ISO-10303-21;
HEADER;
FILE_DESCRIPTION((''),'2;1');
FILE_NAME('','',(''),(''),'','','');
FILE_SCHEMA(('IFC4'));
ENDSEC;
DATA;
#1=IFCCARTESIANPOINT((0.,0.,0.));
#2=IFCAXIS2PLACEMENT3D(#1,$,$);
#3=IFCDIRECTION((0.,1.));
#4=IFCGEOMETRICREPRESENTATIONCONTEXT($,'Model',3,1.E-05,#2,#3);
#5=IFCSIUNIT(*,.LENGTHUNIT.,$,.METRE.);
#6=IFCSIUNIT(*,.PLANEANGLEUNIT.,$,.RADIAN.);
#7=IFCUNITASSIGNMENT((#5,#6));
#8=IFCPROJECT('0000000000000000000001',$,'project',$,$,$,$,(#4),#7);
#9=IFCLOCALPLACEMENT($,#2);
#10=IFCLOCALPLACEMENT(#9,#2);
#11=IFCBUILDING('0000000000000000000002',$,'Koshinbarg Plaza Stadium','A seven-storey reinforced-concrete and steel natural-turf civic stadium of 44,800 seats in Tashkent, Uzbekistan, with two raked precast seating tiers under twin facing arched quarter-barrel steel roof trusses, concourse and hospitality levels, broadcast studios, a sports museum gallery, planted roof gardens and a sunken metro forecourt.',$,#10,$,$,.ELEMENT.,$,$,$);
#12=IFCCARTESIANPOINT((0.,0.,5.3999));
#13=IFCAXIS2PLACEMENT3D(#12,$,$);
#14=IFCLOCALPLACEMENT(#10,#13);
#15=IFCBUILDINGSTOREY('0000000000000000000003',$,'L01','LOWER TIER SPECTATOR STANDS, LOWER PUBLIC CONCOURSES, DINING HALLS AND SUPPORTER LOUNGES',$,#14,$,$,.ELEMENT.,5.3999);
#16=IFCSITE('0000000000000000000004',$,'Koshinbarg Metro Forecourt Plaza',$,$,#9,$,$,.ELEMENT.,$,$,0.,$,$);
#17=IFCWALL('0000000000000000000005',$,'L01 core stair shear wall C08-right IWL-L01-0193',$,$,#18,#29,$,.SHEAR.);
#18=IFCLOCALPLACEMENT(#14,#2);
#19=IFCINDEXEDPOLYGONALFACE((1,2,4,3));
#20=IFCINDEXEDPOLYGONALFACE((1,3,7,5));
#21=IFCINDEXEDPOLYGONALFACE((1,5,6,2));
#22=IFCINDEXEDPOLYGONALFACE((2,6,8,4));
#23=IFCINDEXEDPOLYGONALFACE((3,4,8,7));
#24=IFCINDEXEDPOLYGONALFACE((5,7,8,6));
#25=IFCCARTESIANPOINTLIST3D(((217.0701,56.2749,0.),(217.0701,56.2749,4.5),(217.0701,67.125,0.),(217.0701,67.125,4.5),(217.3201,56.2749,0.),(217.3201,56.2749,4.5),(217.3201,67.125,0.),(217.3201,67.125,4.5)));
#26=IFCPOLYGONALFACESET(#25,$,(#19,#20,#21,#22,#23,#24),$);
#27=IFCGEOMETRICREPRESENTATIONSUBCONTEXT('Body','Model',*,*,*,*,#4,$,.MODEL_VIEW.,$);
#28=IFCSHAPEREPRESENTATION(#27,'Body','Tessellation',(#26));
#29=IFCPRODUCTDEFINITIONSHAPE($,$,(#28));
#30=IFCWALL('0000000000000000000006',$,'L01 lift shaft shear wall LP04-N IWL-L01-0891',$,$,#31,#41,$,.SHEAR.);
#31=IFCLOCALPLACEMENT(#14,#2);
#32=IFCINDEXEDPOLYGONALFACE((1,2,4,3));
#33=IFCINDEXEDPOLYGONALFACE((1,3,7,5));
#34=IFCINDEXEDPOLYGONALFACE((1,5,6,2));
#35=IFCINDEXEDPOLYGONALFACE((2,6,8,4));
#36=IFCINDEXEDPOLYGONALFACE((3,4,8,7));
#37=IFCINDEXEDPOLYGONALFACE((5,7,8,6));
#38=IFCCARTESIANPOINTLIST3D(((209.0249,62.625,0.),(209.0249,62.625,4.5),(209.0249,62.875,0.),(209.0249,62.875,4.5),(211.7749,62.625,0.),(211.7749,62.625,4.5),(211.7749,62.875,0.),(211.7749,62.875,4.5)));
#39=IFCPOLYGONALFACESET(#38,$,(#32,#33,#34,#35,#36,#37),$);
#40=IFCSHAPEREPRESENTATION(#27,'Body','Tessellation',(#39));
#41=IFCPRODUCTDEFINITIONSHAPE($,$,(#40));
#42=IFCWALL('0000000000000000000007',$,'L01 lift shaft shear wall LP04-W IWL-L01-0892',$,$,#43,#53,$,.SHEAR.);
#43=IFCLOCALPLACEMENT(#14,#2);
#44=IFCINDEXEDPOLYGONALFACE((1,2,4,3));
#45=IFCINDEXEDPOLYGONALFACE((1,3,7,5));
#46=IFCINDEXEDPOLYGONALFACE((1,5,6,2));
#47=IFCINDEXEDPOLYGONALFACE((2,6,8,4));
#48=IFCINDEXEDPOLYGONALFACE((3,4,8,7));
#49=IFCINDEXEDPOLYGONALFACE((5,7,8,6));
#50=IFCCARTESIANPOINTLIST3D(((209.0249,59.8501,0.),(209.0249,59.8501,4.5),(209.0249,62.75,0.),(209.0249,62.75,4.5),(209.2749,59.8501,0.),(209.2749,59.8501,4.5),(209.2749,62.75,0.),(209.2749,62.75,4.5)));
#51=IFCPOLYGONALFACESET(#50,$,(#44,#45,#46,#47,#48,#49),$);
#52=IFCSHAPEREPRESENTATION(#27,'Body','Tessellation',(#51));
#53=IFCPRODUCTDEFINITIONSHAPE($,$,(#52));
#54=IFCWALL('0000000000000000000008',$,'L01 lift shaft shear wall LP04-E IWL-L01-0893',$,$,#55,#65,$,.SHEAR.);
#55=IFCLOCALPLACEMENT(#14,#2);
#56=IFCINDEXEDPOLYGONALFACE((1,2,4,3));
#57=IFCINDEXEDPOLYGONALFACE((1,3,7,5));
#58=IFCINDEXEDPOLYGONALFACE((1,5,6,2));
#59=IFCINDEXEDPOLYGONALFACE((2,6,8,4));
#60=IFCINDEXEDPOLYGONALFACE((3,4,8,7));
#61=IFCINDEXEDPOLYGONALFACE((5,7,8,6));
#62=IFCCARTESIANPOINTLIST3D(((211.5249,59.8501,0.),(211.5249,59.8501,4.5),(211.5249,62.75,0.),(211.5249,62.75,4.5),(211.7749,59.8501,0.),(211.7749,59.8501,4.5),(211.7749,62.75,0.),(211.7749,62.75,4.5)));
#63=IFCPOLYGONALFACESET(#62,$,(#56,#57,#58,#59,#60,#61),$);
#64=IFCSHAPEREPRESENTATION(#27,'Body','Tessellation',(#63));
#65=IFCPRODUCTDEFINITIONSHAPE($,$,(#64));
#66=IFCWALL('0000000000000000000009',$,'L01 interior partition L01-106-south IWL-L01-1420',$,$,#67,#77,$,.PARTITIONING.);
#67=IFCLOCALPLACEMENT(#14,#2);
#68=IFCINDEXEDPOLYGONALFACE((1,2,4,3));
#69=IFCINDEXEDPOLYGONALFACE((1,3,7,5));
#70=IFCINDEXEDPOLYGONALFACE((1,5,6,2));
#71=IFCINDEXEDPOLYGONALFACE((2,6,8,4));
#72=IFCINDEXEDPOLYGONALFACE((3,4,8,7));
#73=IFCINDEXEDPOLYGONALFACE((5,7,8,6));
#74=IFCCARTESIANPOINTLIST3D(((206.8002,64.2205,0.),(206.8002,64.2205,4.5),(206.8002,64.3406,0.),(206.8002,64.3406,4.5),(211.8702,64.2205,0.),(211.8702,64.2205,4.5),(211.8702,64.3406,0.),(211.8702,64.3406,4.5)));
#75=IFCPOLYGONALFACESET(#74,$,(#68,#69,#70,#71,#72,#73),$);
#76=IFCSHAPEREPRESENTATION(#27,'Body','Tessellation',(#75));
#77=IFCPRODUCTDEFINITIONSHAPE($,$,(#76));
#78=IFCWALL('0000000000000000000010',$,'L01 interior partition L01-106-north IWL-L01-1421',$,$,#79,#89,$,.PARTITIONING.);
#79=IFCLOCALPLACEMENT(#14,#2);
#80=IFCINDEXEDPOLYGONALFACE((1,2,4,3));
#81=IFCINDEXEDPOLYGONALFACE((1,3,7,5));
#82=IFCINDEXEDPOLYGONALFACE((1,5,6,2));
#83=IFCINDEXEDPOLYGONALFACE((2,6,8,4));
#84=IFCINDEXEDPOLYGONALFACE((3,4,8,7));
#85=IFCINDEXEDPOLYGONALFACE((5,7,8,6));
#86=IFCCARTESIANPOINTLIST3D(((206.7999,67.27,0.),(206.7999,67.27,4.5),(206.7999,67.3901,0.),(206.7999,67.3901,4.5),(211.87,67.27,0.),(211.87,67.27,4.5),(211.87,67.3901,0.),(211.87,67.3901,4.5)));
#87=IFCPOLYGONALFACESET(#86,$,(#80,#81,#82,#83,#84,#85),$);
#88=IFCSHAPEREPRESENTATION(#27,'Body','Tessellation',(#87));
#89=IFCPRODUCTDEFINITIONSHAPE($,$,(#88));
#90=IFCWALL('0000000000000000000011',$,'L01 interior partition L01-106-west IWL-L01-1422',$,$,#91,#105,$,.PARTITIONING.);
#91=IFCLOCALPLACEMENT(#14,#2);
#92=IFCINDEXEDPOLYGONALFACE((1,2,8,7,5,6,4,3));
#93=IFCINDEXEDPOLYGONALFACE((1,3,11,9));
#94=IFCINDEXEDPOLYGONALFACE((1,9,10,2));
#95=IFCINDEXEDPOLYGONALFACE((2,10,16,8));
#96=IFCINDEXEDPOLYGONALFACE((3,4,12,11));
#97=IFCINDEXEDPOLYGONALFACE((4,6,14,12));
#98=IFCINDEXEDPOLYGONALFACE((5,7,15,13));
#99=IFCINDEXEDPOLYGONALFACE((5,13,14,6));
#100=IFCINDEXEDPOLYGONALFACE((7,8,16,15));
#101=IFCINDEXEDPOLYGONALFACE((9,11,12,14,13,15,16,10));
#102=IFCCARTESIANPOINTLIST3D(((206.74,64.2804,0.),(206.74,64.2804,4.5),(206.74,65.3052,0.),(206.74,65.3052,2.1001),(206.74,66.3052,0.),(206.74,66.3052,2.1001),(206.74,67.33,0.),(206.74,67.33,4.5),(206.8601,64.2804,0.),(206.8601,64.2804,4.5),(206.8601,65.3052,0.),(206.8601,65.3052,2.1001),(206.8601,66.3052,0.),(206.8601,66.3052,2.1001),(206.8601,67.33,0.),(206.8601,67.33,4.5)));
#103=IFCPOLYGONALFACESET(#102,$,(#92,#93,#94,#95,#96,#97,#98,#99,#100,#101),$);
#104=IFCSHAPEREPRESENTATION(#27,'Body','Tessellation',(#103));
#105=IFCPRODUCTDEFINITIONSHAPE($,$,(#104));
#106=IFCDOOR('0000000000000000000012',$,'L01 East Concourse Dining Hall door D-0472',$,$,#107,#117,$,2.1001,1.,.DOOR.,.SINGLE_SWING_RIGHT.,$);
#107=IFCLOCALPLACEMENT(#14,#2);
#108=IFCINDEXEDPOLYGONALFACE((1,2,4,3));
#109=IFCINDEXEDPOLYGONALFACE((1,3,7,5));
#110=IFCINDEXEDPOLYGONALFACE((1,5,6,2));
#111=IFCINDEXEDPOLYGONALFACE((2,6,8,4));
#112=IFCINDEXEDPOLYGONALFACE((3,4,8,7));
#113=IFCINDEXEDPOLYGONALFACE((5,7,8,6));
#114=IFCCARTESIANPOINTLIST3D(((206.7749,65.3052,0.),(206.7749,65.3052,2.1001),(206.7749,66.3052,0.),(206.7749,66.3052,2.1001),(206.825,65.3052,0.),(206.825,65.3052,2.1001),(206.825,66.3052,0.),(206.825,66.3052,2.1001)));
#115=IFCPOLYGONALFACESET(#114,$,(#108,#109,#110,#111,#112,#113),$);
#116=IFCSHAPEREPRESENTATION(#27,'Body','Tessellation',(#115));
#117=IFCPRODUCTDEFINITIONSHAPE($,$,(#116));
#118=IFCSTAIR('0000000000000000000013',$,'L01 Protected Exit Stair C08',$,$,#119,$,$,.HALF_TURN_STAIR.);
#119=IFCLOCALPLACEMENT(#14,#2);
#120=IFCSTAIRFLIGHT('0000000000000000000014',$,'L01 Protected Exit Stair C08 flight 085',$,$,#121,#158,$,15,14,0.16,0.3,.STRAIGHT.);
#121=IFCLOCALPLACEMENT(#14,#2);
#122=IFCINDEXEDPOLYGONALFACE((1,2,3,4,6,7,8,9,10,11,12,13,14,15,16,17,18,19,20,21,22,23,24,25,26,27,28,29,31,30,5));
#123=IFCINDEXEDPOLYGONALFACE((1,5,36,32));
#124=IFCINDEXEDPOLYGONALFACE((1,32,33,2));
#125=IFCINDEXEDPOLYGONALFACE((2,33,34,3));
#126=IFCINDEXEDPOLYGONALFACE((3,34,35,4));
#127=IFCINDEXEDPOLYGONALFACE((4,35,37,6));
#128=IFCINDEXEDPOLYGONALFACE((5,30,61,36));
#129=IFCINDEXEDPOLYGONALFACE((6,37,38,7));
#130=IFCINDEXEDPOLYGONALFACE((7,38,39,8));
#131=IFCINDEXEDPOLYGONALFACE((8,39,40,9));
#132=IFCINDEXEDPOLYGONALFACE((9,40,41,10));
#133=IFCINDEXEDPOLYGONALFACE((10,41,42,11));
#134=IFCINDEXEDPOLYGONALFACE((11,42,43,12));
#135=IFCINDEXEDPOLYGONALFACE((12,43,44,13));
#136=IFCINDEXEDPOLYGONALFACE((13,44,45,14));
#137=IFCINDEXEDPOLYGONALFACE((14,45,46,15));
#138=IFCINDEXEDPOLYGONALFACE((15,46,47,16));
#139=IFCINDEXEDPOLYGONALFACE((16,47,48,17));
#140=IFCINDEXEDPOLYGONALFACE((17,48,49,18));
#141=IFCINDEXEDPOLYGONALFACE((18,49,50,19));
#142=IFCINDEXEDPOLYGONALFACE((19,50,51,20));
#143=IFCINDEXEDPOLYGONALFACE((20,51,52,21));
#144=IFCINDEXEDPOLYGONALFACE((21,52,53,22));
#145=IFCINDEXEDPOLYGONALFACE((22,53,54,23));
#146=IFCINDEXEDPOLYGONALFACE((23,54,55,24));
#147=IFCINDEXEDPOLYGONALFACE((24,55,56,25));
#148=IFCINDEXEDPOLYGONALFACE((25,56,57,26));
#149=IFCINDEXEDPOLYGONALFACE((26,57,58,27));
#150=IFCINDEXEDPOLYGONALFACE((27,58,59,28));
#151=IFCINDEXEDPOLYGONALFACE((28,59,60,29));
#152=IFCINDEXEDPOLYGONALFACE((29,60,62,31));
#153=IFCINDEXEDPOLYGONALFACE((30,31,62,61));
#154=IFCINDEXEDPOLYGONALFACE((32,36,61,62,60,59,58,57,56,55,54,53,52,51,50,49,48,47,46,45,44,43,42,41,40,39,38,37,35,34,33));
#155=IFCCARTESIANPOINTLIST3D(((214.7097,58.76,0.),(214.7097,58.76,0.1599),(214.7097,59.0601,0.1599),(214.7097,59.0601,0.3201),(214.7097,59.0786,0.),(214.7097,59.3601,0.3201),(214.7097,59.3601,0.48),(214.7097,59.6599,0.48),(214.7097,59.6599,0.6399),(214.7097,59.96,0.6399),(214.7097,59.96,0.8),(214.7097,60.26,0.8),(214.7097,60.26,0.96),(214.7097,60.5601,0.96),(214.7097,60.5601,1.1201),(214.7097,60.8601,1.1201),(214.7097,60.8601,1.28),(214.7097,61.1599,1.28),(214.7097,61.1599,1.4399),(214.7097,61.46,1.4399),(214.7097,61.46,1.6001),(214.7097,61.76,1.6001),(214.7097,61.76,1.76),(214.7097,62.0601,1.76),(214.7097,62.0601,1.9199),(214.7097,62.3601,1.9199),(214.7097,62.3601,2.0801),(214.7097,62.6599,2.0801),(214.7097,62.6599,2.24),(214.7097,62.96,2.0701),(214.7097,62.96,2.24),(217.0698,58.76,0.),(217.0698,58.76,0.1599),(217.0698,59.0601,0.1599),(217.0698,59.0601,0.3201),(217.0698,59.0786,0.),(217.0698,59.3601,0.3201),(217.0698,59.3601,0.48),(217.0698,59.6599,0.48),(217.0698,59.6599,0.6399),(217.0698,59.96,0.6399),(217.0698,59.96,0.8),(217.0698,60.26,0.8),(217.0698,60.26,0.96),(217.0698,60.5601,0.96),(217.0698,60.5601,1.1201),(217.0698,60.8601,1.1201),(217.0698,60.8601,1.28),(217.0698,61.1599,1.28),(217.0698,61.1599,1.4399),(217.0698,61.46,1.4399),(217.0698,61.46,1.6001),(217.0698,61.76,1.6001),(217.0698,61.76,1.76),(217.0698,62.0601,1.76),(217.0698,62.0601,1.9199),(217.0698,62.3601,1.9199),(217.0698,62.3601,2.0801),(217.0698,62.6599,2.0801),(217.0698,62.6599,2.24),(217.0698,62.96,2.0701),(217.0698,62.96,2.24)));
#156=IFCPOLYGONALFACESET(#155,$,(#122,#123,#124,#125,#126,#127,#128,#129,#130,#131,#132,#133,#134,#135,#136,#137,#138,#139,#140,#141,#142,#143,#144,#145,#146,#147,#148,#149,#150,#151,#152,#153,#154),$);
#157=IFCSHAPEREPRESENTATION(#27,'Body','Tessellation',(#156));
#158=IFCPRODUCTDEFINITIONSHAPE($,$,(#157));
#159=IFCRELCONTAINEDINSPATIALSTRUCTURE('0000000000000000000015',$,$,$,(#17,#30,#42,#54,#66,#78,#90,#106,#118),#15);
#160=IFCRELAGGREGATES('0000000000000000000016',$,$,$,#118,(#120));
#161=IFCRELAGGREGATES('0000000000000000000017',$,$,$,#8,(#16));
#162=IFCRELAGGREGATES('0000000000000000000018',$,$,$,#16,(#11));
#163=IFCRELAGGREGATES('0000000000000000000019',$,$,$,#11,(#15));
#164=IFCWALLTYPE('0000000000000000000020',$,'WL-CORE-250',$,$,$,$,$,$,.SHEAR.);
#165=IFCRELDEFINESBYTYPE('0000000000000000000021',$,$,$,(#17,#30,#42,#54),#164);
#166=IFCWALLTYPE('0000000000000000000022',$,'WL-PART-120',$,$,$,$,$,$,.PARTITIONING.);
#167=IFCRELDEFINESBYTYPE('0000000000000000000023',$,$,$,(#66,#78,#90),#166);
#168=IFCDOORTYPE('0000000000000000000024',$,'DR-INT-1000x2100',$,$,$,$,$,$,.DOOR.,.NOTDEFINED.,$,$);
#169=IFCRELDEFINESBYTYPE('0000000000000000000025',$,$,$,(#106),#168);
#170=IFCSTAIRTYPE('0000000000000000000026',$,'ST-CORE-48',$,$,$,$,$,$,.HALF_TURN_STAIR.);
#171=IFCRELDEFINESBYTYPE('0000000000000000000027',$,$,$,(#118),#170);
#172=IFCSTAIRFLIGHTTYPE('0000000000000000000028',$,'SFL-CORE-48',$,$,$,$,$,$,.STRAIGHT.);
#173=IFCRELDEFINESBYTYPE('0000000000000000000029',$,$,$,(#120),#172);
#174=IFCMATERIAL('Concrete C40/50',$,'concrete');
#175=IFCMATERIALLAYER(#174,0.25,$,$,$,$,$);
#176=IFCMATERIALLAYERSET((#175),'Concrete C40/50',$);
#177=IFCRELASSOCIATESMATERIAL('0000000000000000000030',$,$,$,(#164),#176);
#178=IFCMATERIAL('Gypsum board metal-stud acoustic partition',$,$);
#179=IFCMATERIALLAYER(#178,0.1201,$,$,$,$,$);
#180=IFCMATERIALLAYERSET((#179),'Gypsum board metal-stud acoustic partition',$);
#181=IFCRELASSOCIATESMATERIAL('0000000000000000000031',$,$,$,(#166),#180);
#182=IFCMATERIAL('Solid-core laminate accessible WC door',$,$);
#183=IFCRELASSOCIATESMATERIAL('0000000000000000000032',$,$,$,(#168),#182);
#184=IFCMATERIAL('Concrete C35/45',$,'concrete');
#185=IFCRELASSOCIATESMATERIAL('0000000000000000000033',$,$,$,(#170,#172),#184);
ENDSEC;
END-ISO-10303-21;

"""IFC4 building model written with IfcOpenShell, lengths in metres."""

from ifc_helpers import new_model, si_unit, direction, frame, frame_2d, origin, place, context, subcontext, project, spatial, polyline, rectangle, outline, extrude, material, layer, layer_set, type_object, element, fill, aggregate, save


model = new_model("IFC4")

# Units and contexts
model_context = context("Model", 3, precision=1e-05, world=origin(), true_north=direction((0.0, 1.0)))
body_context = subcontext(model_context, "Body", "Model", "MODEL_VIEW")
ifc_project = project(units=[si_unit("LENGTHUNIT", "METRE"), si_unit("PLANEANGLEUNIT", "RADIAN")], contexts=[model_context])

# Site, building, storey
site_placement = place(None, origin())
site = spatial("IfcSite", under=ifc_project, at=site_placement, Name="Koshinbarg Metro Forecourt Plaza", CompositionType="ELEMENT", RefElevation=0.0)
building_placement = place(site_placement, origin())
building = spatial("IfcBuilding", under=site, at=building_placement, Name="Koshinbarg Plaza Stadium", Description="A seven-storey reinforced-concrete and steel natural-turf civic stadium of 44,800 seats in Tashkent, Uzbekistan, with two raked precast seating tiers under twin facing arched quarter-barrel steel roof trusses, concourse and hospitality levels, broadcast studios, a sports museum gallery, planted roof gardens and a sunken metro forecourt.", CompositionType="ELEMENT")
storey_placement = place(building_placement, frame((0.0, 0.0, 5.3999)))
storey = spatial("IfcBuildingStorey", under=building, at=storey_placement, Name="L01", Description="LOWER TIER SPECTATOR STANDS, LOWER PUBLIC CONCOURSES, DINING HALLS AND SUPPORTER LOUNGES", CompositionType="ELEMENT", Elevation=5.3999)

# Shared definitions
ifc_material_1 = material(Name="Concrete C40/50", Category="concrete")

# Shared definitions
ifc_layer_1 = layer(ifc_material_1, 0.25)
ifc_layer_set_1 = layer_set([ifc_layer_1], Name="Concrete C40/50")
wall_type_1 = type_object("IfcWallType", Name="WL-CORE-250", PredefinedType="SHEAR", material=ifc_layer_set_1)

# Wall
wall_1_placement = place(storey_placement, frame((217.1951, 56.2749, 0.0), z_axis=(0.0, 0.0, 1.0), x_axis=(0.0, 1.0, 0.0)))
element("IfcWall", 1, at=wall_1_placement, inside=storey, type_object=wall_type_1, Name="L01 core stair shear wall C08-right IWL-L01-0193", PredefinedType="SHEAR", context=body_context, shape_type="SweptSolid", body=[
    extrude(rectangle(XDim=10.8501, YDim=0.25, at=frame_2d((5.425, 0.0))), origin(), (0.0, 0.0, 1.0), 4.5),
])

# Walls
wall_2_placement = place(storey_placement, frame((211.7749, 62.75, 0.0), z_axis=(0.0, 0.0, 1.0), x_axis=(-1.0, 0.0, 0.0)))
element("IfcWall", 2, at=wall_2_placement, inside=storey, type_object=wall_type_1, Name="L01 lift shaft shear wall LP04-N IWL-L01-0891", PredefinedType="SHEAR", context=body_context, shape_type="SweptSolid", body=[
    extrude(rectangle(XDim=2.75, YDim=0.25, at=frame_2d((1.375, 0.0))), origin(), (0.0, 0.0, 1.0), 4.5),
])
for number, where, z_axis, x_axis, name in (
    (3, (209.1499, 62.75, 0.0), (0.0, 0.0, 1.0), (0.0, -1.0, 0.0), "L01 lift shaft shear wall LP04-W IWL-L01-0892"),
    (4, (211.6499, 59.8501, 0.0), (0.0, 0.0, 1.0), (0.0, 1.0, 0.0), "L01 lift shaft shear wall LP04-E IWL-L01-0893"),
):
    element("IfcWall", number, at=place(storey_placement, frame(where, z_axis=z_axis, x_axis=x_axis)), inside=storey, type_object=wall_type_1, Name=name, PredefinedType="SHEAR", context=body_context, shape_type="SweptSolid", body=[
        extrude(rectangle(XDim=2.8999, YDim=0.25, at=frame_2d((1.45, 0.0))), origin(), (0.0, 0.0, 1.0), 4.5),
    ])
ifc_material_2 = material(Name="Gypsum board metal-stud acoustic partition")
ifc_layer_2 = layer(ifc_material_2, 0.1201)
ifc_layer_set_2 = layer_set([ifc_layer_2], Name="Gypsum board metal-stud acoustic partition")
wall_type_2 = type_object("IfcWallType", Name="WL-PART-120", PredefinedType="PARTITIONING", material=ifc_layer_set_2)
for number, where, z_axis, x_axis, name in (
    (5, (206.8, 64.2805, 0.0), (0.0, 0.0, 1.0), (1.0, 0.0, 0.0), "L01 interior partition L01-106-south IWL-L01-1420"),
    (6, (211.8701, 67.3301, 0.0), (0.0, 0.0, 1.0), (-1.0, 0.0, 0.0), "L01 interior partition L01-106-north IWL-L01-1421"),
):
    element("IfcWall", number, at=place(storey_placement, frame(where, z_axis=z_axis, x_axis=x_axis)), inside=storey, type_object=wall_type_2, Name=name, PredefinedType="PARTITIONING", context=body_context, shape_type="SweptSolid", body=[
        extrude(rectangle(XDim=5.0701, YDim=0.1201, at=frame_2d((2.5352, 0.0))), origin(), (0.0, 0.0, 1.0), 4.5),
    ])

# Wall, opening, door
wall_3_placement = place(storey_placement, frame((206.8, 67.3301, 0.0), z_axis=(0.0, 0.0, 1.0), x_axis=(0.0, -1.0, 0.0)))
wall_3 = element("IfcWall", 7, at=wall_3_placement, inside=storey, type_object=wall_type_2, Name="L01 interior partition L01-106-west IWL-L01-1422", PredefinedType="PARTITIONING", context=body_context, shape_type="SweptSolid", body=[
    extrude(rectangle(XDim=3.0496, YDim=0.1201, at=frame_2d((1.5249, 0.0))), origin(), (0.0, 0.0, 1.0), 4.5),
])
opening_1_placement = place(wall_3_placement, frame((1.0249, 0.0, 0.0)))
opening_1 = element("IfcOpeningElement", 8, at=opening_1_placement, cuts=wall_3, PredefinedType="OPENING", context=body_context, shape_type="SweptSolid", body=[
    extrude(rectangle(XDim=1.0, YDim=2.1001, at=frame_2d((0.5, 1.05))), frame((0.0, 0.0701, 0.0), z_axis=(0.0, -1.0, 0.0), x_axis=(1.0, 0.0, 0.0)), (0.0, 0.0, 1.0), 0.1401),
])
ifc_material_3 = material(Name="Solid-core laminate accessible WC door")
door_type_1 = type_object("IfcDoorType", Name="DR-INT-1000x2100", OperationType="NOTDEFINED", PredefinedType="DOOR", material=ifc_material_3)
door_1_placement = place(opening_1_placement, origin())
door_1 = element("IfcDoor", 9, at=door_1_placement, inside=storey, type_object=door_type_1, Name="L01 East Concourse Dining Hall door D-0472", OperationType="SINGLE_SWING_RIGHT", OverallHeight=2.1001, OverallWidth=1.0, PredefinedType="DOOR", context=body_context, shape_type="SweptSolid", body=[
    extrude(rectangle(XDim=1.0, YDim=2.1001, at=frame_2d((0.5, 1.05))), frame((0.0, 0.0249, 0.0), z_axis=(0.0, -1.0, 0.0), x_axis=(1.0, 0.0, 0.0)), (0.0, 0.0, 1.0), 0.05),
])
fill(opening_1, door_1)

# Stair, stair flight
ifc_material_4 = material(Name="Concrete C35/45", Category="concrete")
stair_type = type_object("IfcStairType", Name="ST-CORE-48", PredefinedType="HALF_TURN_STAIR", material=ifc_material_4)
stair_placement = place(storey_placement, origin())
stair = element("IfcStair", 10, at=stair_placement, inside=storey, type_object=stair_type, Name="L01 Protected Exit Stair C08", PredefinedType="HALF_TURN_STAIR")
stair_flight_type = type_object("IfcStairFlightType", Name="SFL-CORE-48", PredefinedType="STRAIGHT", material=ifc_material_4)
stair_flight_1_placement = place(storey_placement, frame((215.8899, 58.76, 0.0), z_axis=(0.0, 0.0, 1.0), x_axis=(0.0, 1.0, 0.0)))
stair_flight_1 = element("IfcStairFlight", 11, at=stair_flight_1_placement, type_object=stair_flight_type, Name="L01 Protected Exit Stair C08 flight 085", NumberOfRisers=15, NumberOfTreads=14, PredefinedType="STRAIGHT", RiserHeight=0.16, TreadLength=0.3, context=body_context, shape_type="SweptSolid", body=[
    extrude(outline(polyline([(0.0, 0.0), (0.0, 0.1599), (0.3, 0.1599), (0.3, 0.3201), (0.6001, 0.3201), (0.6001, 0.48), (0.8999, 0.48), (0.8999, 0.6399), (1.2, 0.6399), (1.2, 0.8), (1.5, 0.8), (1.5, 0.96), (1.8, 0.96), (1.8, 1.1201), (2.1001, 1.1201), (2.1001, 1.28), (2.3999, 1.28), (2.3999, 1.4399), (2.7, 1.4399), (2.7, 1.6001), (3.0, 1.6001), (3.0, 1.76), (3.3, 1.76), (3.3, 1.9199), (3.6001, 1.9199), (3.6001, 2.0801), (3.8999, 2.0801), (3.8999, 2.24), (4.2, 2.24), (4.2, 2.3999), (4.2, 2.0701), (0.3186, 0.0), (0.0, 0.0)])), frame((0.0, 1.1802, 0.0), z_axis=(0.0, -1.0, 0.0), x_axis=(1.0, 0.0, 0.0)), (0.0, 0.0, 1.0), 2.3601),
])
aggregate(stair, [stair_flight_1])

save(model, "model.ifc")
